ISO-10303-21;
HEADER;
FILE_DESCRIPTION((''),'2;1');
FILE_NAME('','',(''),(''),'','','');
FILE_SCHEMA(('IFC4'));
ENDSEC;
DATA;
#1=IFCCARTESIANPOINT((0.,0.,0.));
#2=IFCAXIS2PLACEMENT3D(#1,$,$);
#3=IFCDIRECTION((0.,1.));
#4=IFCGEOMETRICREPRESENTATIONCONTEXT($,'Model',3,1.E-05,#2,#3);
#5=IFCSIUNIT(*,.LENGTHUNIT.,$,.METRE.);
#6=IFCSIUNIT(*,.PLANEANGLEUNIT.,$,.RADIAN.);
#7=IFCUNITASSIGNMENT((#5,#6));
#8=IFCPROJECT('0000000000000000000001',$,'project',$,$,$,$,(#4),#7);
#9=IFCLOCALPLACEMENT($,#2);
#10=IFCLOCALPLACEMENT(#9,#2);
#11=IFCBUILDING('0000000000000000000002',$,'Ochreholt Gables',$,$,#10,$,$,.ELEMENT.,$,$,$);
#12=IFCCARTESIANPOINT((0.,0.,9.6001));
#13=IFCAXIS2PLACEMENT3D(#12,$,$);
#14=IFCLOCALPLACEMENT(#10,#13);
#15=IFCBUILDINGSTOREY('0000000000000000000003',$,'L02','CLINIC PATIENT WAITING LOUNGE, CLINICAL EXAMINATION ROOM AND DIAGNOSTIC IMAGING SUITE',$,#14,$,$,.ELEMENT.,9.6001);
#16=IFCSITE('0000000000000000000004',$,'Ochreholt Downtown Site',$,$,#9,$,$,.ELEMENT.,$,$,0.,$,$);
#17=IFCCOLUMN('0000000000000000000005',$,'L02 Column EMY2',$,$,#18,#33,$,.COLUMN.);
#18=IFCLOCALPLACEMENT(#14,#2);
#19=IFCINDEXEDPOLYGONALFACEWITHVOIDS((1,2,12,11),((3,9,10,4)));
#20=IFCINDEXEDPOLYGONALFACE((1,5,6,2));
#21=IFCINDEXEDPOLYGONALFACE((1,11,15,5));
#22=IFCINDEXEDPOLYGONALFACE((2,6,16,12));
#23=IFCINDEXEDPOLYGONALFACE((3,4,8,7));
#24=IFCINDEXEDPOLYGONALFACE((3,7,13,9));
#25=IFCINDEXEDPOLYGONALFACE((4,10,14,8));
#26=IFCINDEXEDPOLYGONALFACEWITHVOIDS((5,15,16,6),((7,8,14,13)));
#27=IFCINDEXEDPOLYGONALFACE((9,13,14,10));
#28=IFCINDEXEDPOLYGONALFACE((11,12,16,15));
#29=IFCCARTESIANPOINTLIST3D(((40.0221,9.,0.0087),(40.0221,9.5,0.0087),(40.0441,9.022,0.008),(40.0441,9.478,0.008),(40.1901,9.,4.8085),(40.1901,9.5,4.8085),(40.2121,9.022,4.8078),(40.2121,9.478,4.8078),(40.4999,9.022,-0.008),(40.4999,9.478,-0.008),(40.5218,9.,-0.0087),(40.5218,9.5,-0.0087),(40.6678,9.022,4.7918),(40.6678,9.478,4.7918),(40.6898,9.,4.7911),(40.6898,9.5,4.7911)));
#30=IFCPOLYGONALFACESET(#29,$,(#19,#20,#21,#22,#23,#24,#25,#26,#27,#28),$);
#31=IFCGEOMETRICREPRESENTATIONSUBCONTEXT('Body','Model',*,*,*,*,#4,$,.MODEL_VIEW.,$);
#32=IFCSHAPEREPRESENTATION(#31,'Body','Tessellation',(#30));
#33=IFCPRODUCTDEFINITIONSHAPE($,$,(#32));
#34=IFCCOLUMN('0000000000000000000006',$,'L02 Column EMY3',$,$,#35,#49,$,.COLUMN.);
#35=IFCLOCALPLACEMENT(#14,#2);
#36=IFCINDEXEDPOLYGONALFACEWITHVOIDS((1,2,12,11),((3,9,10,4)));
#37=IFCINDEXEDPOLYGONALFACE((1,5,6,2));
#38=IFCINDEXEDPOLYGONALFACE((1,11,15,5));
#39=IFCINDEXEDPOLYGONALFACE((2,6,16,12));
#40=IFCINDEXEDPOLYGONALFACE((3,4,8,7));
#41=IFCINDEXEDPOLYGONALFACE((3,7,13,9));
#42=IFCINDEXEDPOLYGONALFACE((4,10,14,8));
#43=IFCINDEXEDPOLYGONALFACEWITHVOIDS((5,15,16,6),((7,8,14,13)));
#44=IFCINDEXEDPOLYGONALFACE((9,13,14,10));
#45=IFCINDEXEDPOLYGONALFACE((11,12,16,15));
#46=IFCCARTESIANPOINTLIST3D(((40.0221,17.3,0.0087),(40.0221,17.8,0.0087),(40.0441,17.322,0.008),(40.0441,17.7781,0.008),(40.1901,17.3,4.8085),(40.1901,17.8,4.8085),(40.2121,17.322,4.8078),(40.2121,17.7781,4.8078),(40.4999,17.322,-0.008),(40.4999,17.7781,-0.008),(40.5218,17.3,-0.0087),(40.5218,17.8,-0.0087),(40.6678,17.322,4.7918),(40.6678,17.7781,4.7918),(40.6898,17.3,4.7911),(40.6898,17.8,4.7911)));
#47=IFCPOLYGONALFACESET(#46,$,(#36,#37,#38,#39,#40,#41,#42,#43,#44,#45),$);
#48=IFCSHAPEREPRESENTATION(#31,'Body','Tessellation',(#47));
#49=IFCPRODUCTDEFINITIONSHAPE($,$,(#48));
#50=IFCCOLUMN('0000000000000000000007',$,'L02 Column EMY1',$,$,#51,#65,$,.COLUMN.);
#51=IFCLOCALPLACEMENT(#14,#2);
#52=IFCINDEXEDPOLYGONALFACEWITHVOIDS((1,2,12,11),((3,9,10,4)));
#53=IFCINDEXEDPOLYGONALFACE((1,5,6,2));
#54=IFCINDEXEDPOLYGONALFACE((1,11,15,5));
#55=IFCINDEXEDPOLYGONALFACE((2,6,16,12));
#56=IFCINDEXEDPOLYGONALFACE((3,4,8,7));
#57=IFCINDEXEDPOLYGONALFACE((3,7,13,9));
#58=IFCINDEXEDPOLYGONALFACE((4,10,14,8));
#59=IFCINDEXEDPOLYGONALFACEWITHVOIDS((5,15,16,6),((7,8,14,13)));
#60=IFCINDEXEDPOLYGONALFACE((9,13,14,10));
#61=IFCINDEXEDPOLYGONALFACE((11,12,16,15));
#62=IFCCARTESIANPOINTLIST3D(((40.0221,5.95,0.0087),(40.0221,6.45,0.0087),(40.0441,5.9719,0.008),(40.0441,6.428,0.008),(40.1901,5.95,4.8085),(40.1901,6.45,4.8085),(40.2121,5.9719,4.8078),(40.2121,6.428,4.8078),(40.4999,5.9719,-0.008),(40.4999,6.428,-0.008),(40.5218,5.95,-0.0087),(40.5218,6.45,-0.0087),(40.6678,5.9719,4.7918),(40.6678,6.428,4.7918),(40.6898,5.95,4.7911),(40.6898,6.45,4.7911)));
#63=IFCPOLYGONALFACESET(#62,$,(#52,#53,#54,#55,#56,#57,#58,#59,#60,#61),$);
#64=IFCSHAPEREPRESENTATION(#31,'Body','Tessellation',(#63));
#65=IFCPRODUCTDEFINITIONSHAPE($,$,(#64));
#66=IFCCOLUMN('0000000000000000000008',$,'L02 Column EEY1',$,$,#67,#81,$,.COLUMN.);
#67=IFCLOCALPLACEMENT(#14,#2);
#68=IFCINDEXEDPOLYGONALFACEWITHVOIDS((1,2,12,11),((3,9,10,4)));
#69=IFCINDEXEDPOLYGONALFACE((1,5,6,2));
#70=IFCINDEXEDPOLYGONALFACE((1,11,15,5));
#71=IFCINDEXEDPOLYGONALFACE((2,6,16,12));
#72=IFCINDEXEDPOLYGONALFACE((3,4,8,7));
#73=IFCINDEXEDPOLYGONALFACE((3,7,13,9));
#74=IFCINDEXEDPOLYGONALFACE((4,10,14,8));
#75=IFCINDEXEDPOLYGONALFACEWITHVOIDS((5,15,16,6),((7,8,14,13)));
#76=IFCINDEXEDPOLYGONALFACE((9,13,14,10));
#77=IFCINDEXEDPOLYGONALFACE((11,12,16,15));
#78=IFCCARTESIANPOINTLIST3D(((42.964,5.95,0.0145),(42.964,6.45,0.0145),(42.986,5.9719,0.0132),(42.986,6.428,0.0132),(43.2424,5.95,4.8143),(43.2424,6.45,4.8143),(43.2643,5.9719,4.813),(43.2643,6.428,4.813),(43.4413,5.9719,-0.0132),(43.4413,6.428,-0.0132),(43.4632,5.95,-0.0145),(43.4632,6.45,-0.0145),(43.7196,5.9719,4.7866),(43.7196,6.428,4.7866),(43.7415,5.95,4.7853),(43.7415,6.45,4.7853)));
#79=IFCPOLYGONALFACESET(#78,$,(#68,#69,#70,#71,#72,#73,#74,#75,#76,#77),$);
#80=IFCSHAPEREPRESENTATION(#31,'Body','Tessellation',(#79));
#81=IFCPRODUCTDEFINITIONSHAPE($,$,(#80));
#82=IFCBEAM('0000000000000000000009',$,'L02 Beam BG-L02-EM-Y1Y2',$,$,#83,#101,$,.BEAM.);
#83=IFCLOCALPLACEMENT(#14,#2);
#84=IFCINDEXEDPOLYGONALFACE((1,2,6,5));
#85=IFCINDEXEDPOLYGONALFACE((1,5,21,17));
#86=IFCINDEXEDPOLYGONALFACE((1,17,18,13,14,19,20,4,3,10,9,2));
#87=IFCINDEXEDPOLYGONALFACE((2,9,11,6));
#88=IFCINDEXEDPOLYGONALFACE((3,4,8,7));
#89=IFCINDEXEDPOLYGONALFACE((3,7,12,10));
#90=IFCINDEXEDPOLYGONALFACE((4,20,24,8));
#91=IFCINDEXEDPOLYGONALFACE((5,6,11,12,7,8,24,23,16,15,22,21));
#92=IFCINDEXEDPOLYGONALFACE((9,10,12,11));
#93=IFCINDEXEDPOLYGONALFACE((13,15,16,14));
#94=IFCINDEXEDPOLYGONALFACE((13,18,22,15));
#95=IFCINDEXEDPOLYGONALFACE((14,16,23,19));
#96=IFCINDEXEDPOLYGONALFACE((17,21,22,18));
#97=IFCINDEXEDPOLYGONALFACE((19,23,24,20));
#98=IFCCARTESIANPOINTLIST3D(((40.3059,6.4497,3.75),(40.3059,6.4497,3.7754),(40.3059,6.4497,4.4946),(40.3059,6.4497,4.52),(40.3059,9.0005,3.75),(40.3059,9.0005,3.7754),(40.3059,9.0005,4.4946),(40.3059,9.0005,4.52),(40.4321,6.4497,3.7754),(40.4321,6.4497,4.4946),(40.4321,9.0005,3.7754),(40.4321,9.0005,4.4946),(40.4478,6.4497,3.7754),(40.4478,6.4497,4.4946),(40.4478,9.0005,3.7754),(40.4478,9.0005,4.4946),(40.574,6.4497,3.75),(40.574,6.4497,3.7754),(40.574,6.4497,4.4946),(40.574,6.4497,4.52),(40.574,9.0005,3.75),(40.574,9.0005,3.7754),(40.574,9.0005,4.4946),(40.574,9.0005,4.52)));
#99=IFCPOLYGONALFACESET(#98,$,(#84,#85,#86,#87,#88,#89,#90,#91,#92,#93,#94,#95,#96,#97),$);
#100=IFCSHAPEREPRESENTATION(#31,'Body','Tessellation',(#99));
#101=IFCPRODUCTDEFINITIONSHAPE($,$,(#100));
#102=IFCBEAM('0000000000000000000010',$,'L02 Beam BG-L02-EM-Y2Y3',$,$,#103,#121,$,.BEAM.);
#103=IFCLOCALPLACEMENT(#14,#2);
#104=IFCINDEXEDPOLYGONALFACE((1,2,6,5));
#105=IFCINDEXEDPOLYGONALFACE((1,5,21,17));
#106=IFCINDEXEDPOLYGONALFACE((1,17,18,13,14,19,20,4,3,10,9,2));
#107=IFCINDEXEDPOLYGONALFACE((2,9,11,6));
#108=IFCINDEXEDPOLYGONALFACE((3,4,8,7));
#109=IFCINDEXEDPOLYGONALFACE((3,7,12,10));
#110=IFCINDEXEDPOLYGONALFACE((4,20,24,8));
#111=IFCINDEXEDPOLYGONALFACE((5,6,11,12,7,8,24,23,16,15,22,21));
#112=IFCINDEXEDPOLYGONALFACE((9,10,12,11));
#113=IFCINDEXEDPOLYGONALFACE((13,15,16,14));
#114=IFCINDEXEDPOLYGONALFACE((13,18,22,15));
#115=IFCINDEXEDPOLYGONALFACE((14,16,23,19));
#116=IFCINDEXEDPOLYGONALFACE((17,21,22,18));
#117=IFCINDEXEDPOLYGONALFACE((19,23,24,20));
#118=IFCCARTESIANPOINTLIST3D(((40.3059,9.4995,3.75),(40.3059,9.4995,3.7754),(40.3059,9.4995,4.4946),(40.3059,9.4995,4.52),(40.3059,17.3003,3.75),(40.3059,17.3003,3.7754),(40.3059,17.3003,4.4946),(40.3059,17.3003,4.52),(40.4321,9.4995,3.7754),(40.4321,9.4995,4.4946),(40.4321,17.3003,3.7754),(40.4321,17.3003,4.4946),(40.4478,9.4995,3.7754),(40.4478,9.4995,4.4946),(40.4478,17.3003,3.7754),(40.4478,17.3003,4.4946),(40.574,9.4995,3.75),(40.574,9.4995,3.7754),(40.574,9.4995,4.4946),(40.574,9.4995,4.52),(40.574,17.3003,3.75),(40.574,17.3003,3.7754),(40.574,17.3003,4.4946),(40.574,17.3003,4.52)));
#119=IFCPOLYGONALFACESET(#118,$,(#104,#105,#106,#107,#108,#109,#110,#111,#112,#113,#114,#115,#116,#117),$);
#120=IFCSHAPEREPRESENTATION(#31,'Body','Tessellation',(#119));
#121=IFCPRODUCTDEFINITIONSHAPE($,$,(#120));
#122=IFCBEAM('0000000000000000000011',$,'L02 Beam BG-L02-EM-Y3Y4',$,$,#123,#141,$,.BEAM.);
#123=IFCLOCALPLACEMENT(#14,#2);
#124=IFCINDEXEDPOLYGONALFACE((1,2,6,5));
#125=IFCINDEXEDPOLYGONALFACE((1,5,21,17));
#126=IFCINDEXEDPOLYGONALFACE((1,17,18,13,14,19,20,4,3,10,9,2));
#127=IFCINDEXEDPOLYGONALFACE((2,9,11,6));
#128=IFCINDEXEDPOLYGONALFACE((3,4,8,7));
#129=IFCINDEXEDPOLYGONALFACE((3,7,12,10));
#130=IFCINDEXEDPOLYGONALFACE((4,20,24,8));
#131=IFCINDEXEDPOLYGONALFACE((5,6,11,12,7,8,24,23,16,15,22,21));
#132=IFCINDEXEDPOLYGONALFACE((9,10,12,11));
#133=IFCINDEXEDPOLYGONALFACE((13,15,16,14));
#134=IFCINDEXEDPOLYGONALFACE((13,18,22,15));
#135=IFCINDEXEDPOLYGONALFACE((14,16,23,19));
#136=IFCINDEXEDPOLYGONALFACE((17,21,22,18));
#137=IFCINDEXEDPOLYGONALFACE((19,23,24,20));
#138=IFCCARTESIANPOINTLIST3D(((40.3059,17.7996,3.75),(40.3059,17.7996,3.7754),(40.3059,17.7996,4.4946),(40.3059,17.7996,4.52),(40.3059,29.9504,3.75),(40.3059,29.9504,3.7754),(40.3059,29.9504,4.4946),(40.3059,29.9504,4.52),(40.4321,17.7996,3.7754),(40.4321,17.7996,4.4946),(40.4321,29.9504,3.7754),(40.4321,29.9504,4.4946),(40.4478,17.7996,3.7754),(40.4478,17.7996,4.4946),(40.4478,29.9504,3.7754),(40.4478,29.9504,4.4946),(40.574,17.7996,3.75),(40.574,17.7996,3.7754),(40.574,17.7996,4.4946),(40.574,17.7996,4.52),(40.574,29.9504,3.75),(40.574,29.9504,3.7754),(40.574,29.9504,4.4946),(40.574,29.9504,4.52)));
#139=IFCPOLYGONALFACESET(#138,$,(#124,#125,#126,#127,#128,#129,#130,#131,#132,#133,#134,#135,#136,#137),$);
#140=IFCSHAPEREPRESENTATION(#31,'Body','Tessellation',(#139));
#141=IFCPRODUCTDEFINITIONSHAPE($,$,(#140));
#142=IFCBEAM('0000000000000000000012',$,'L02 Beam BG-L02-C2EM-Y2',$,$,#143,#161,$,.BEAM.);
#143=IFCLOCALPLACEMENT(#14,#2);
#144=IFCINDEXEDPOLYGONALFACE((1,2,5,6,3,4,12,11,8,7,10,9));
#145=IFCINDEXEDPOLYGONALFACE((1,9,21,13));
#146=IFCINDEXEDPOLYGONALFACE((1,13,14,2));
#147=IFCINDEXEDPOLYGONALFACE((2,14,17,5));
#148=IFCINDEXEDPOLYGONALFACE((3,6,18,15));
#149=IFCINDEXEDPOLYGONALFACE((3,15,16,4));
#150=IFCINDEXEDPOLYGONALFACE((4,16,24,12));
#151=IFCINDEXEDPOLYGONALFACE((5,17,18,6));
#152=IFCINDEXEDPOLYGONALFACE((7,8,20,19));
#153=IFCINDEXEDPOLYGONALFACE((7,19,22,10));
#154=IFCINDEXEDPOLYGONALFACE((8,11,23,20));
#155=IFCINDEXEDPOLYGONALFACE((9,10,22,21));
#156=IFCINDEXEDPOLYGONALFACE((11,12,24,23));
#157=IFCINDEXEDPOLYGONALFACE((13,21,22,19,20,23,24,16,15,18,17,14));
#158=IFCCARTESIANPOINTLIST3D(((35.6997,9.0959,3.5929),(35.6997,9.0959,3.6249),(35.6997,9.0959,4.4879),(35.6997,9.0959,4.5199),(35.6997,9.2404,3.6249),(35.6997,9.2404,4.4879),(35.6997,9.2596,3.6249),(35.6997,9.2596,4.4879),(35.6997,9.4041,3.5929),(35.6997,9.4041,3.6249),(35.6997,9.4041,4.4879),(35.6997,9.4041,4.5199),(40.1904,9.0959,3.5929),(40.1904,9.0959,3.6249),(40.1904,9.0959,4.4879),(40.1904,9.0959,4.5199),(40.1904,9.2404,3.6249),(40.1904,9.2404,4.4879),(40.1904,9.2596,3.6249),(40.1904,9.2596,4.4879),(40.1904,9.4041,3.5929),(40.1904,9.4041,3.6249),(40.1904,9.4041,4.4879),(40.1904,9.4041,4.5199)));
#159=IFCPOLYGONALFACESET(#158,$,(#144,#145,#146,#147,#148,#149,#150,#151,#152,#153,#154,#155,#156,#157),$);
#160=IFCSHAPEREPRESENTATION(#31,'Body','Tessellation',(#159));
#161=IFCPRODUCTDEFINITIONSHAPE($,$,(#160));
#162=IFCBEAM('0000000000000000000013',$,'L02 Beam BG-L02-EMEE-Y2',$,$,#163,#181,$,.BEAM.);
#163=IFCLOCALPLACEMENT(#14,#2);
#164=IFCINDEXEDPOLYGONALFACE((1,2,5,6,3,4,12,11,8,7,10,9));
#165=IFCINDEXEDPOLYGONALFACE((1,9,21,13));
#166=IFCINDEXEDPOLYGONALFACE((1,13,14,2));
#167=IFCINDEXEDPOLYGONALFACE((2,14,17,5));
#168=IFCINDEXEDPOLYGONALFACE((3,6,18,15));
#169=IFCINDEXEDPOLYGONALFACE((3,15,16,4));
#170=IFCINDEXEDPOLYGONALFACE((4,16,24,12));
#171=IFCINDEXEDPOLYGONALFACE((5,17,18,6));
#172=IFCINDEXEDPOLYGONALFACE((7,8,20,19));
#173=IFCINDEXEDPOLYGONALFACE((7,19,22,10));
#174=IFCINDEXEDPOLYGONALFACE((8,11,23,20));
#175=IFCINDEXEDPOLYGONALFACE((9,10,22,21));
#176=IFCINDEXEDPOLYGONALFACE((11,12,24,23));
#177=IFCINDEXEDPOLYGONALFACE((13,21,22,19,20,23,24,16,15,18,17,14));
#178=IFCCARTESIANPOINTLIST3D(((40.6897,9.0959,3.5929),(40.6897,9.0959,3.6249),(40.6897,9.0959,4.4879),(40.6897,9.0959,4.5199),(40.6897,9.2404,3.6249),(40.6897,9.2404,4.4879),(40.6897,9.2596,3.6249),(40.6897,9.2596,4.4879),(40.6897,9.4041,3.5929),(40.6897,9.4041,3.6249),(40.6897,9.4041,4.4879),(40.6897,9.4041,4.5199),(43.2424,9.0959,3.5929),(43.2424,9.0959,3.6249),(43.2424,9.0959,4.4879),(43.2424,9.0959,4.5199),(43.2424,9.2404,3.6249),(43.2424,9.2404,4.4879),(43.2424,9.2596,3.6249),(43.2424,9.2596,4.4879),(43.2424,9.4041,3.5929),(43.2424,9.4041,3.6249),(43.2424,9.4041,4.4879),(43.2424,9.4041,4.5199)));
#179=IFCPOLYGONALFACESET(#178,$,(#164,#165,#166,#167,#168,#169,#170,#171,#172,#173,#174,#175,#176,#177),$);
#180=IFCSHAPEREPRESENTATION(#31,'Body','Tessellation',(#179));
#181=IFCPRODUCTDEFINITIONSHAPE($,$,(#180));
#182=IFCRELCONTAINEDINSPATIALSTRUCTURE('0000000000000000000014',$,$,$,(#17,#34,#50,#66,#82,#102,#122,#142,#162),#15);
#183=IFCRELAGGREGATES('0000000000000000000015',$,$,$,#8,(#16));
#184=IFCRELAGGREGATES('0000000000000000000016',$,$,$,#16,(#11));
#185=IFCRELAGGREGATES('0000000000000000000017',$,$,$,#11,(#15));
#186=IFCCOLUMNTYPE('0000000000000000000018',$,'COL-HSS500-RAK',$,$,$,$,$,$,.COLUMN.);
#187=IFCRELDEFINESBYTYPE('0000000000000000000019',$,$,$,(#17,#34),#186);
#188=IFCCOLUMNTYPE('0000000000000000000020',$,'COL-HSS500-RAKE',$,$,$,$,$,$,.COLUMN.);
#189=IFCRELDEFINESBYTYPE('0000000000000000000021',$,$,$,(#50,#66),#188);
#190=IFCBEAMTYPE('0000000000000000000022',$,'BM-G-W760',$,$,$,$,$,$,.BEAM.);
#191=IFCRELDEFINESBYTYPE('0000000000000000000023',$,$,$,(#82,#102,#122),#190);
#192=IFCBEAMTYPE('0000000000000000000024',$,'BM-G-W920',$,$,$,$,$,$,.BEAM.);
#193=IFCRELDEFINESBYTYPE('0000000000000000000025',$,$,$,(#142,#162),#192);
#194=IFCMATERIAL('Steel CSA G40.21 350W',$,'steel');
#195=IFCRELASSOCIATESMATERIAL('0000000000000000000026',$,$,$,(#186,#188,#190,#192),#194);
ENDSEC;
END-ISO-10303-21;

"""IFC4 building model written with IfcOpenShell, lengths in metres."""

from ifc_helpers import new_model, si_unit, direction, frame, origin, origin_2d, place, context, subcontext, project, spatial, hollow_rectangle, i_section, extrude, material, material_profile, profile_set, type_object, element, save


model = new_model("IFC4")

# Units and contexts
model_context = context("Model", 3, precision=1e-05, world=origin(), true_north=direction((0.0, 1.0)))
body_context = subcontext(model_context, "Body", "Model", "MODEL_VIEW")
ifc_project = project(units=[si_unit("LENGTHUNIT", "METRE"), si_unit("PLANEANGLEUNIT", "RADIAN")], contexts=[model_context])

# Site, building, storey
site_placement = place(None, origin())
site = spatial("IfcSite", under=ifc_project, at=site_placement, Name="Ochreholt Downtown Site", CompositionType="ELEMENT", RefElevation=0.0)
building_placement = place(site_placement, origin())
building = spatial("IfcBuilding", under=site, at=building_placement, Name="Ochreholt Gables", CompositionType="ELEMENT")
storey_placement = place(building_placement, frame((0.0, 0.0, 9.6001)))
storey = spatial("IfcBuildingStorey", under=building, at=storey_placement, Name="L02", Description="CLINIC PATIENT WAITING LOUNGE, CLINICAL EXAMINATION ROOM AND DIAGNOSTIC IMAGING SUITE", CompositionType="ELEMENT", Elevation=9.6001)

# Columns
ifc_material_1 = material(Name="Steel CSA G40.21 350W", Category="steel")
ifc_material_profile_1 = material_profile(ifc_material_1, hollow_rectangle(XDim=0.5, YDim=0.5, WallThickness=0.022, at=origin_2d()), Name="HSS500X500X22")
ifc_profile_set_1 = profile_set([ifc_material_profile_1], Name="Steel CSA G40.21 350W")
column_type_1 = type_object("IfcColumnType", Name="COL-HSS500-RAK", PredefinedType="COLUMN", material=ifc_profile_set_1)
for number, where, z_axis, x_axis, name in (
    (1, (40.272, 9.25, 0.0), (0.034974, 0.0, 0.999388), (0.0, 1.0, 0.0), "L02 Column EMY2"),
    (2, (40.272, 17.55, 0.0), (0.034974, 0.0, 0.999388), (0.0, 1.0, 0.0), "L02 Column EMY3"),
):
    element("IfcColumn", number, at=place(storey_placement, frame(where, z_axis=z_axis, x_axis=x_axis)), inside=storey, type_object=column_type_1, Name=name, PredefinedType="COLUMN", context=body_context, shape_type="SweptSolid", body=[
        extrude(hollow_rectangle(XDim=0.5, YDim=0.5, WallThickness=0.022, at=origin_2d()), origin(), (0.0, 0.0, 1.0), 4.8027),
    ])
ifc_material_profile_2 = material_profile(ifc_material_1, hollow_rectangle(XDim=0.5, YDim=0.5, WallThickness=0.022, at=origin_2d()), Name="HSS500X500X22")
ifc_profile_set_2 = profile_set([ifc_material_profile_2], Name="Steel CSA G40.21 350W")
column_type_2 = type_object("IfcColumnType", Name="COL-HSS500-RAKE", PredefinedType="COLUMN", material=ifc_profile_set_2)
column_1_placement = place(storey_placement, frame((40.272, 6.2, 0.0), z_axis=(0.034974, 0.0, 0.999388), x_axis=(0.0, 1.0, 0.0)))
element("IfcColumn", 3, at=column_1_placement, inside=storey, type_object=column_type_2, Name="L02 Column EMY1", PredefinedType="COLUMN", context=body_context, shape_type="SweptSolid", body=[
    extrude(hollow_rectangle(XDim=0.5, YDim=0.5, WallThickness=0.022, at=origin_2d()), origin(), (0.0, 0.0, 1.0), 4.8027),
])
column_2_placement = place(storey_placement, frame((43.2136, 6.2, 0.0), z_axis=(0.057889, 0.0, 0.998323), x_axis=(0.0, 1.0, 0.0)))
element("IfcColumn", 4, at=column_2_placement, inside=storey, type_object=column_type_2, Name="L02 Column EEY1", PredefinedType="COLUMN", context=body_context, shape_type="SweptSolid", body=[
    extrude(hollow_rectangle(XDim=0.5, YDim=0.5, WallThickness=0.022, at=origin_2d()), origin(), (0.0, 0.0, 1.0), 4.8079),
])

# Beams
ifc_material_profile_3 = material_profile(ifc_material_1, i_section(OverallWidth=0.2681, OverallDepth=0.77, WebThickness=0.0156, FlangeThickness=0.0254, at=origin_2d()), Name="W760X196")
ifc_profile_set_3 = profile_set([ifc_material_profile_3], Name="Steel CSA G40.21 350W")
beam_type_1 = type_object("IfcBeamType", Name="BM-G-W760", PredefinedType="BEAM", material=ifc_profile_set_3)
beam_1_placement = place(storey_placement, frame((40.4399, 6.4497, 4.135), z_axis=(0.0, 1.0, 0.0), x_axis=(-1.0, 0.0, 0.0)))
element("IfcBeam", 5, at=beam_1_placement, inside=storey, type_object=beam_type_1, Name="L02 Beam BG-L02-EM-Y1Y2", PredefinedType="BEAM", context=body_context, shape_type="SweptSolid", body=[
    extrude(i_section(OverallWidth=0.2681, OverallDepth=0.77, WebThickness=0.0156, FlangeThickness=0.0254, at=origin_2d()), origin(), (0.0, 0.0, 1.0), 2.5508),
])
beam_2_placement = place(storey_placement, frame((40.4399, 9.4995, 4.135), z_axis=(0.0, 1.0, 0.0), x_axis=(-1.0, 0.0, 0.0)))
element("IfcBeam", 6, at=beam_2_placement, inside=storey, type_object=beam_type_1, Name="L02 Beam BG-L02-EM-Y2Y3", PredefinedType="BEAM", context=body_context, shape_type="SweptSolid", body=[
    extrude(i_section(OverallWidth=0.2681, OverallDepth=0.77, WebThickness=0.0156, FlangeThickness=0.0254, at=origin_2d()), origin(), (0.0, 0.0, 1.0), 7.8008),
])
beam_3_placement = place(storey_placement, frame((40.4399, 17.7996, 4.135), z_axis=(0.0, 1.0, 0.0), x_axis=(-1.0, 0.0, 0.0)))
element("IfcBeam", 7, at=beam_3_placement, inside=storey, type_object=beam_type_1, Name="L02 Beam BG-L02-EM-Y3Y4", PredefinedType="BEAM", context=body_context, shape_type="SweptSolid", body=[
    extrude(i_section(OverallWidth=0.2681, OverallDepth=0.77, WebThickness=0.0156, FlangeThickness=0.0254, at=origin_2d()), origin(), (0.0, 0.0, 1.0), 12.1509),
])
ifc_material_profile_4 = material_profile(ifc_material_1, i_section(OverallWidth=0.3081, OverallDepth=0.927, WebThickness=0.0193, FlangeThickness=0.032, at=origin_2d()), Name="W920X289")
ifc_profile_set_4 = profile_set([ifc_material_profile_4], Name="Steel CSA G40.21 350W")
beam_type_2 = type_object("IfcBeamType", Name="BM-G-W920", PredefinedType="BEAM", material=ifc_profile_set_4)
beam_4_placement = place(storey_placement, frame((35.6997, 9.25, 4.0564), z_axis=(1.0, 0.0, 0.0), x_axis=(0.0, 1.0, 0.0)))
element("IfcBeam", 8, at=beam_4_placement, inside=storey, type_object=beam_type_2, Name="L02 Beam BG-L02-C2EM-Y2", PredefinedType="BEAM", context=body_context, shape_type="SweptSolid", body=[
    extrude(i_section(OverallWidth=0.3081, OverallDepth=0.927, WebThickness=0.0193, FlangeThickness=0.032, at=origin_2d()), origin(), (0.0, 0.0, 1.0), 4.4907),
])
beam_5_placement = place(storey_placement, frame((40.6897, 9.25, 4.0564), z_axis=(1.0, 0.0, 0.0), x_axis=(0.0, 1.0, 0.0)))
element("IfcBeam", 9, at=beam_5_placement, inside=storey, type_object=beam_type_2, Name="L02 Beam BG-L02-EMEE-Y2", PredefinedType="BEAM", context=body_context, shape_type="SweptSolid", body=[
    extrude(i_section(OverallWidth=0.3081, OverallDepth=0.927, WebThickness=0.0193, FlangeThickness=0.032, at=origin_2d()), origin(), (0.0, 0.0, 1.0), 2.5527),
])

save(model, "model.ifc")
